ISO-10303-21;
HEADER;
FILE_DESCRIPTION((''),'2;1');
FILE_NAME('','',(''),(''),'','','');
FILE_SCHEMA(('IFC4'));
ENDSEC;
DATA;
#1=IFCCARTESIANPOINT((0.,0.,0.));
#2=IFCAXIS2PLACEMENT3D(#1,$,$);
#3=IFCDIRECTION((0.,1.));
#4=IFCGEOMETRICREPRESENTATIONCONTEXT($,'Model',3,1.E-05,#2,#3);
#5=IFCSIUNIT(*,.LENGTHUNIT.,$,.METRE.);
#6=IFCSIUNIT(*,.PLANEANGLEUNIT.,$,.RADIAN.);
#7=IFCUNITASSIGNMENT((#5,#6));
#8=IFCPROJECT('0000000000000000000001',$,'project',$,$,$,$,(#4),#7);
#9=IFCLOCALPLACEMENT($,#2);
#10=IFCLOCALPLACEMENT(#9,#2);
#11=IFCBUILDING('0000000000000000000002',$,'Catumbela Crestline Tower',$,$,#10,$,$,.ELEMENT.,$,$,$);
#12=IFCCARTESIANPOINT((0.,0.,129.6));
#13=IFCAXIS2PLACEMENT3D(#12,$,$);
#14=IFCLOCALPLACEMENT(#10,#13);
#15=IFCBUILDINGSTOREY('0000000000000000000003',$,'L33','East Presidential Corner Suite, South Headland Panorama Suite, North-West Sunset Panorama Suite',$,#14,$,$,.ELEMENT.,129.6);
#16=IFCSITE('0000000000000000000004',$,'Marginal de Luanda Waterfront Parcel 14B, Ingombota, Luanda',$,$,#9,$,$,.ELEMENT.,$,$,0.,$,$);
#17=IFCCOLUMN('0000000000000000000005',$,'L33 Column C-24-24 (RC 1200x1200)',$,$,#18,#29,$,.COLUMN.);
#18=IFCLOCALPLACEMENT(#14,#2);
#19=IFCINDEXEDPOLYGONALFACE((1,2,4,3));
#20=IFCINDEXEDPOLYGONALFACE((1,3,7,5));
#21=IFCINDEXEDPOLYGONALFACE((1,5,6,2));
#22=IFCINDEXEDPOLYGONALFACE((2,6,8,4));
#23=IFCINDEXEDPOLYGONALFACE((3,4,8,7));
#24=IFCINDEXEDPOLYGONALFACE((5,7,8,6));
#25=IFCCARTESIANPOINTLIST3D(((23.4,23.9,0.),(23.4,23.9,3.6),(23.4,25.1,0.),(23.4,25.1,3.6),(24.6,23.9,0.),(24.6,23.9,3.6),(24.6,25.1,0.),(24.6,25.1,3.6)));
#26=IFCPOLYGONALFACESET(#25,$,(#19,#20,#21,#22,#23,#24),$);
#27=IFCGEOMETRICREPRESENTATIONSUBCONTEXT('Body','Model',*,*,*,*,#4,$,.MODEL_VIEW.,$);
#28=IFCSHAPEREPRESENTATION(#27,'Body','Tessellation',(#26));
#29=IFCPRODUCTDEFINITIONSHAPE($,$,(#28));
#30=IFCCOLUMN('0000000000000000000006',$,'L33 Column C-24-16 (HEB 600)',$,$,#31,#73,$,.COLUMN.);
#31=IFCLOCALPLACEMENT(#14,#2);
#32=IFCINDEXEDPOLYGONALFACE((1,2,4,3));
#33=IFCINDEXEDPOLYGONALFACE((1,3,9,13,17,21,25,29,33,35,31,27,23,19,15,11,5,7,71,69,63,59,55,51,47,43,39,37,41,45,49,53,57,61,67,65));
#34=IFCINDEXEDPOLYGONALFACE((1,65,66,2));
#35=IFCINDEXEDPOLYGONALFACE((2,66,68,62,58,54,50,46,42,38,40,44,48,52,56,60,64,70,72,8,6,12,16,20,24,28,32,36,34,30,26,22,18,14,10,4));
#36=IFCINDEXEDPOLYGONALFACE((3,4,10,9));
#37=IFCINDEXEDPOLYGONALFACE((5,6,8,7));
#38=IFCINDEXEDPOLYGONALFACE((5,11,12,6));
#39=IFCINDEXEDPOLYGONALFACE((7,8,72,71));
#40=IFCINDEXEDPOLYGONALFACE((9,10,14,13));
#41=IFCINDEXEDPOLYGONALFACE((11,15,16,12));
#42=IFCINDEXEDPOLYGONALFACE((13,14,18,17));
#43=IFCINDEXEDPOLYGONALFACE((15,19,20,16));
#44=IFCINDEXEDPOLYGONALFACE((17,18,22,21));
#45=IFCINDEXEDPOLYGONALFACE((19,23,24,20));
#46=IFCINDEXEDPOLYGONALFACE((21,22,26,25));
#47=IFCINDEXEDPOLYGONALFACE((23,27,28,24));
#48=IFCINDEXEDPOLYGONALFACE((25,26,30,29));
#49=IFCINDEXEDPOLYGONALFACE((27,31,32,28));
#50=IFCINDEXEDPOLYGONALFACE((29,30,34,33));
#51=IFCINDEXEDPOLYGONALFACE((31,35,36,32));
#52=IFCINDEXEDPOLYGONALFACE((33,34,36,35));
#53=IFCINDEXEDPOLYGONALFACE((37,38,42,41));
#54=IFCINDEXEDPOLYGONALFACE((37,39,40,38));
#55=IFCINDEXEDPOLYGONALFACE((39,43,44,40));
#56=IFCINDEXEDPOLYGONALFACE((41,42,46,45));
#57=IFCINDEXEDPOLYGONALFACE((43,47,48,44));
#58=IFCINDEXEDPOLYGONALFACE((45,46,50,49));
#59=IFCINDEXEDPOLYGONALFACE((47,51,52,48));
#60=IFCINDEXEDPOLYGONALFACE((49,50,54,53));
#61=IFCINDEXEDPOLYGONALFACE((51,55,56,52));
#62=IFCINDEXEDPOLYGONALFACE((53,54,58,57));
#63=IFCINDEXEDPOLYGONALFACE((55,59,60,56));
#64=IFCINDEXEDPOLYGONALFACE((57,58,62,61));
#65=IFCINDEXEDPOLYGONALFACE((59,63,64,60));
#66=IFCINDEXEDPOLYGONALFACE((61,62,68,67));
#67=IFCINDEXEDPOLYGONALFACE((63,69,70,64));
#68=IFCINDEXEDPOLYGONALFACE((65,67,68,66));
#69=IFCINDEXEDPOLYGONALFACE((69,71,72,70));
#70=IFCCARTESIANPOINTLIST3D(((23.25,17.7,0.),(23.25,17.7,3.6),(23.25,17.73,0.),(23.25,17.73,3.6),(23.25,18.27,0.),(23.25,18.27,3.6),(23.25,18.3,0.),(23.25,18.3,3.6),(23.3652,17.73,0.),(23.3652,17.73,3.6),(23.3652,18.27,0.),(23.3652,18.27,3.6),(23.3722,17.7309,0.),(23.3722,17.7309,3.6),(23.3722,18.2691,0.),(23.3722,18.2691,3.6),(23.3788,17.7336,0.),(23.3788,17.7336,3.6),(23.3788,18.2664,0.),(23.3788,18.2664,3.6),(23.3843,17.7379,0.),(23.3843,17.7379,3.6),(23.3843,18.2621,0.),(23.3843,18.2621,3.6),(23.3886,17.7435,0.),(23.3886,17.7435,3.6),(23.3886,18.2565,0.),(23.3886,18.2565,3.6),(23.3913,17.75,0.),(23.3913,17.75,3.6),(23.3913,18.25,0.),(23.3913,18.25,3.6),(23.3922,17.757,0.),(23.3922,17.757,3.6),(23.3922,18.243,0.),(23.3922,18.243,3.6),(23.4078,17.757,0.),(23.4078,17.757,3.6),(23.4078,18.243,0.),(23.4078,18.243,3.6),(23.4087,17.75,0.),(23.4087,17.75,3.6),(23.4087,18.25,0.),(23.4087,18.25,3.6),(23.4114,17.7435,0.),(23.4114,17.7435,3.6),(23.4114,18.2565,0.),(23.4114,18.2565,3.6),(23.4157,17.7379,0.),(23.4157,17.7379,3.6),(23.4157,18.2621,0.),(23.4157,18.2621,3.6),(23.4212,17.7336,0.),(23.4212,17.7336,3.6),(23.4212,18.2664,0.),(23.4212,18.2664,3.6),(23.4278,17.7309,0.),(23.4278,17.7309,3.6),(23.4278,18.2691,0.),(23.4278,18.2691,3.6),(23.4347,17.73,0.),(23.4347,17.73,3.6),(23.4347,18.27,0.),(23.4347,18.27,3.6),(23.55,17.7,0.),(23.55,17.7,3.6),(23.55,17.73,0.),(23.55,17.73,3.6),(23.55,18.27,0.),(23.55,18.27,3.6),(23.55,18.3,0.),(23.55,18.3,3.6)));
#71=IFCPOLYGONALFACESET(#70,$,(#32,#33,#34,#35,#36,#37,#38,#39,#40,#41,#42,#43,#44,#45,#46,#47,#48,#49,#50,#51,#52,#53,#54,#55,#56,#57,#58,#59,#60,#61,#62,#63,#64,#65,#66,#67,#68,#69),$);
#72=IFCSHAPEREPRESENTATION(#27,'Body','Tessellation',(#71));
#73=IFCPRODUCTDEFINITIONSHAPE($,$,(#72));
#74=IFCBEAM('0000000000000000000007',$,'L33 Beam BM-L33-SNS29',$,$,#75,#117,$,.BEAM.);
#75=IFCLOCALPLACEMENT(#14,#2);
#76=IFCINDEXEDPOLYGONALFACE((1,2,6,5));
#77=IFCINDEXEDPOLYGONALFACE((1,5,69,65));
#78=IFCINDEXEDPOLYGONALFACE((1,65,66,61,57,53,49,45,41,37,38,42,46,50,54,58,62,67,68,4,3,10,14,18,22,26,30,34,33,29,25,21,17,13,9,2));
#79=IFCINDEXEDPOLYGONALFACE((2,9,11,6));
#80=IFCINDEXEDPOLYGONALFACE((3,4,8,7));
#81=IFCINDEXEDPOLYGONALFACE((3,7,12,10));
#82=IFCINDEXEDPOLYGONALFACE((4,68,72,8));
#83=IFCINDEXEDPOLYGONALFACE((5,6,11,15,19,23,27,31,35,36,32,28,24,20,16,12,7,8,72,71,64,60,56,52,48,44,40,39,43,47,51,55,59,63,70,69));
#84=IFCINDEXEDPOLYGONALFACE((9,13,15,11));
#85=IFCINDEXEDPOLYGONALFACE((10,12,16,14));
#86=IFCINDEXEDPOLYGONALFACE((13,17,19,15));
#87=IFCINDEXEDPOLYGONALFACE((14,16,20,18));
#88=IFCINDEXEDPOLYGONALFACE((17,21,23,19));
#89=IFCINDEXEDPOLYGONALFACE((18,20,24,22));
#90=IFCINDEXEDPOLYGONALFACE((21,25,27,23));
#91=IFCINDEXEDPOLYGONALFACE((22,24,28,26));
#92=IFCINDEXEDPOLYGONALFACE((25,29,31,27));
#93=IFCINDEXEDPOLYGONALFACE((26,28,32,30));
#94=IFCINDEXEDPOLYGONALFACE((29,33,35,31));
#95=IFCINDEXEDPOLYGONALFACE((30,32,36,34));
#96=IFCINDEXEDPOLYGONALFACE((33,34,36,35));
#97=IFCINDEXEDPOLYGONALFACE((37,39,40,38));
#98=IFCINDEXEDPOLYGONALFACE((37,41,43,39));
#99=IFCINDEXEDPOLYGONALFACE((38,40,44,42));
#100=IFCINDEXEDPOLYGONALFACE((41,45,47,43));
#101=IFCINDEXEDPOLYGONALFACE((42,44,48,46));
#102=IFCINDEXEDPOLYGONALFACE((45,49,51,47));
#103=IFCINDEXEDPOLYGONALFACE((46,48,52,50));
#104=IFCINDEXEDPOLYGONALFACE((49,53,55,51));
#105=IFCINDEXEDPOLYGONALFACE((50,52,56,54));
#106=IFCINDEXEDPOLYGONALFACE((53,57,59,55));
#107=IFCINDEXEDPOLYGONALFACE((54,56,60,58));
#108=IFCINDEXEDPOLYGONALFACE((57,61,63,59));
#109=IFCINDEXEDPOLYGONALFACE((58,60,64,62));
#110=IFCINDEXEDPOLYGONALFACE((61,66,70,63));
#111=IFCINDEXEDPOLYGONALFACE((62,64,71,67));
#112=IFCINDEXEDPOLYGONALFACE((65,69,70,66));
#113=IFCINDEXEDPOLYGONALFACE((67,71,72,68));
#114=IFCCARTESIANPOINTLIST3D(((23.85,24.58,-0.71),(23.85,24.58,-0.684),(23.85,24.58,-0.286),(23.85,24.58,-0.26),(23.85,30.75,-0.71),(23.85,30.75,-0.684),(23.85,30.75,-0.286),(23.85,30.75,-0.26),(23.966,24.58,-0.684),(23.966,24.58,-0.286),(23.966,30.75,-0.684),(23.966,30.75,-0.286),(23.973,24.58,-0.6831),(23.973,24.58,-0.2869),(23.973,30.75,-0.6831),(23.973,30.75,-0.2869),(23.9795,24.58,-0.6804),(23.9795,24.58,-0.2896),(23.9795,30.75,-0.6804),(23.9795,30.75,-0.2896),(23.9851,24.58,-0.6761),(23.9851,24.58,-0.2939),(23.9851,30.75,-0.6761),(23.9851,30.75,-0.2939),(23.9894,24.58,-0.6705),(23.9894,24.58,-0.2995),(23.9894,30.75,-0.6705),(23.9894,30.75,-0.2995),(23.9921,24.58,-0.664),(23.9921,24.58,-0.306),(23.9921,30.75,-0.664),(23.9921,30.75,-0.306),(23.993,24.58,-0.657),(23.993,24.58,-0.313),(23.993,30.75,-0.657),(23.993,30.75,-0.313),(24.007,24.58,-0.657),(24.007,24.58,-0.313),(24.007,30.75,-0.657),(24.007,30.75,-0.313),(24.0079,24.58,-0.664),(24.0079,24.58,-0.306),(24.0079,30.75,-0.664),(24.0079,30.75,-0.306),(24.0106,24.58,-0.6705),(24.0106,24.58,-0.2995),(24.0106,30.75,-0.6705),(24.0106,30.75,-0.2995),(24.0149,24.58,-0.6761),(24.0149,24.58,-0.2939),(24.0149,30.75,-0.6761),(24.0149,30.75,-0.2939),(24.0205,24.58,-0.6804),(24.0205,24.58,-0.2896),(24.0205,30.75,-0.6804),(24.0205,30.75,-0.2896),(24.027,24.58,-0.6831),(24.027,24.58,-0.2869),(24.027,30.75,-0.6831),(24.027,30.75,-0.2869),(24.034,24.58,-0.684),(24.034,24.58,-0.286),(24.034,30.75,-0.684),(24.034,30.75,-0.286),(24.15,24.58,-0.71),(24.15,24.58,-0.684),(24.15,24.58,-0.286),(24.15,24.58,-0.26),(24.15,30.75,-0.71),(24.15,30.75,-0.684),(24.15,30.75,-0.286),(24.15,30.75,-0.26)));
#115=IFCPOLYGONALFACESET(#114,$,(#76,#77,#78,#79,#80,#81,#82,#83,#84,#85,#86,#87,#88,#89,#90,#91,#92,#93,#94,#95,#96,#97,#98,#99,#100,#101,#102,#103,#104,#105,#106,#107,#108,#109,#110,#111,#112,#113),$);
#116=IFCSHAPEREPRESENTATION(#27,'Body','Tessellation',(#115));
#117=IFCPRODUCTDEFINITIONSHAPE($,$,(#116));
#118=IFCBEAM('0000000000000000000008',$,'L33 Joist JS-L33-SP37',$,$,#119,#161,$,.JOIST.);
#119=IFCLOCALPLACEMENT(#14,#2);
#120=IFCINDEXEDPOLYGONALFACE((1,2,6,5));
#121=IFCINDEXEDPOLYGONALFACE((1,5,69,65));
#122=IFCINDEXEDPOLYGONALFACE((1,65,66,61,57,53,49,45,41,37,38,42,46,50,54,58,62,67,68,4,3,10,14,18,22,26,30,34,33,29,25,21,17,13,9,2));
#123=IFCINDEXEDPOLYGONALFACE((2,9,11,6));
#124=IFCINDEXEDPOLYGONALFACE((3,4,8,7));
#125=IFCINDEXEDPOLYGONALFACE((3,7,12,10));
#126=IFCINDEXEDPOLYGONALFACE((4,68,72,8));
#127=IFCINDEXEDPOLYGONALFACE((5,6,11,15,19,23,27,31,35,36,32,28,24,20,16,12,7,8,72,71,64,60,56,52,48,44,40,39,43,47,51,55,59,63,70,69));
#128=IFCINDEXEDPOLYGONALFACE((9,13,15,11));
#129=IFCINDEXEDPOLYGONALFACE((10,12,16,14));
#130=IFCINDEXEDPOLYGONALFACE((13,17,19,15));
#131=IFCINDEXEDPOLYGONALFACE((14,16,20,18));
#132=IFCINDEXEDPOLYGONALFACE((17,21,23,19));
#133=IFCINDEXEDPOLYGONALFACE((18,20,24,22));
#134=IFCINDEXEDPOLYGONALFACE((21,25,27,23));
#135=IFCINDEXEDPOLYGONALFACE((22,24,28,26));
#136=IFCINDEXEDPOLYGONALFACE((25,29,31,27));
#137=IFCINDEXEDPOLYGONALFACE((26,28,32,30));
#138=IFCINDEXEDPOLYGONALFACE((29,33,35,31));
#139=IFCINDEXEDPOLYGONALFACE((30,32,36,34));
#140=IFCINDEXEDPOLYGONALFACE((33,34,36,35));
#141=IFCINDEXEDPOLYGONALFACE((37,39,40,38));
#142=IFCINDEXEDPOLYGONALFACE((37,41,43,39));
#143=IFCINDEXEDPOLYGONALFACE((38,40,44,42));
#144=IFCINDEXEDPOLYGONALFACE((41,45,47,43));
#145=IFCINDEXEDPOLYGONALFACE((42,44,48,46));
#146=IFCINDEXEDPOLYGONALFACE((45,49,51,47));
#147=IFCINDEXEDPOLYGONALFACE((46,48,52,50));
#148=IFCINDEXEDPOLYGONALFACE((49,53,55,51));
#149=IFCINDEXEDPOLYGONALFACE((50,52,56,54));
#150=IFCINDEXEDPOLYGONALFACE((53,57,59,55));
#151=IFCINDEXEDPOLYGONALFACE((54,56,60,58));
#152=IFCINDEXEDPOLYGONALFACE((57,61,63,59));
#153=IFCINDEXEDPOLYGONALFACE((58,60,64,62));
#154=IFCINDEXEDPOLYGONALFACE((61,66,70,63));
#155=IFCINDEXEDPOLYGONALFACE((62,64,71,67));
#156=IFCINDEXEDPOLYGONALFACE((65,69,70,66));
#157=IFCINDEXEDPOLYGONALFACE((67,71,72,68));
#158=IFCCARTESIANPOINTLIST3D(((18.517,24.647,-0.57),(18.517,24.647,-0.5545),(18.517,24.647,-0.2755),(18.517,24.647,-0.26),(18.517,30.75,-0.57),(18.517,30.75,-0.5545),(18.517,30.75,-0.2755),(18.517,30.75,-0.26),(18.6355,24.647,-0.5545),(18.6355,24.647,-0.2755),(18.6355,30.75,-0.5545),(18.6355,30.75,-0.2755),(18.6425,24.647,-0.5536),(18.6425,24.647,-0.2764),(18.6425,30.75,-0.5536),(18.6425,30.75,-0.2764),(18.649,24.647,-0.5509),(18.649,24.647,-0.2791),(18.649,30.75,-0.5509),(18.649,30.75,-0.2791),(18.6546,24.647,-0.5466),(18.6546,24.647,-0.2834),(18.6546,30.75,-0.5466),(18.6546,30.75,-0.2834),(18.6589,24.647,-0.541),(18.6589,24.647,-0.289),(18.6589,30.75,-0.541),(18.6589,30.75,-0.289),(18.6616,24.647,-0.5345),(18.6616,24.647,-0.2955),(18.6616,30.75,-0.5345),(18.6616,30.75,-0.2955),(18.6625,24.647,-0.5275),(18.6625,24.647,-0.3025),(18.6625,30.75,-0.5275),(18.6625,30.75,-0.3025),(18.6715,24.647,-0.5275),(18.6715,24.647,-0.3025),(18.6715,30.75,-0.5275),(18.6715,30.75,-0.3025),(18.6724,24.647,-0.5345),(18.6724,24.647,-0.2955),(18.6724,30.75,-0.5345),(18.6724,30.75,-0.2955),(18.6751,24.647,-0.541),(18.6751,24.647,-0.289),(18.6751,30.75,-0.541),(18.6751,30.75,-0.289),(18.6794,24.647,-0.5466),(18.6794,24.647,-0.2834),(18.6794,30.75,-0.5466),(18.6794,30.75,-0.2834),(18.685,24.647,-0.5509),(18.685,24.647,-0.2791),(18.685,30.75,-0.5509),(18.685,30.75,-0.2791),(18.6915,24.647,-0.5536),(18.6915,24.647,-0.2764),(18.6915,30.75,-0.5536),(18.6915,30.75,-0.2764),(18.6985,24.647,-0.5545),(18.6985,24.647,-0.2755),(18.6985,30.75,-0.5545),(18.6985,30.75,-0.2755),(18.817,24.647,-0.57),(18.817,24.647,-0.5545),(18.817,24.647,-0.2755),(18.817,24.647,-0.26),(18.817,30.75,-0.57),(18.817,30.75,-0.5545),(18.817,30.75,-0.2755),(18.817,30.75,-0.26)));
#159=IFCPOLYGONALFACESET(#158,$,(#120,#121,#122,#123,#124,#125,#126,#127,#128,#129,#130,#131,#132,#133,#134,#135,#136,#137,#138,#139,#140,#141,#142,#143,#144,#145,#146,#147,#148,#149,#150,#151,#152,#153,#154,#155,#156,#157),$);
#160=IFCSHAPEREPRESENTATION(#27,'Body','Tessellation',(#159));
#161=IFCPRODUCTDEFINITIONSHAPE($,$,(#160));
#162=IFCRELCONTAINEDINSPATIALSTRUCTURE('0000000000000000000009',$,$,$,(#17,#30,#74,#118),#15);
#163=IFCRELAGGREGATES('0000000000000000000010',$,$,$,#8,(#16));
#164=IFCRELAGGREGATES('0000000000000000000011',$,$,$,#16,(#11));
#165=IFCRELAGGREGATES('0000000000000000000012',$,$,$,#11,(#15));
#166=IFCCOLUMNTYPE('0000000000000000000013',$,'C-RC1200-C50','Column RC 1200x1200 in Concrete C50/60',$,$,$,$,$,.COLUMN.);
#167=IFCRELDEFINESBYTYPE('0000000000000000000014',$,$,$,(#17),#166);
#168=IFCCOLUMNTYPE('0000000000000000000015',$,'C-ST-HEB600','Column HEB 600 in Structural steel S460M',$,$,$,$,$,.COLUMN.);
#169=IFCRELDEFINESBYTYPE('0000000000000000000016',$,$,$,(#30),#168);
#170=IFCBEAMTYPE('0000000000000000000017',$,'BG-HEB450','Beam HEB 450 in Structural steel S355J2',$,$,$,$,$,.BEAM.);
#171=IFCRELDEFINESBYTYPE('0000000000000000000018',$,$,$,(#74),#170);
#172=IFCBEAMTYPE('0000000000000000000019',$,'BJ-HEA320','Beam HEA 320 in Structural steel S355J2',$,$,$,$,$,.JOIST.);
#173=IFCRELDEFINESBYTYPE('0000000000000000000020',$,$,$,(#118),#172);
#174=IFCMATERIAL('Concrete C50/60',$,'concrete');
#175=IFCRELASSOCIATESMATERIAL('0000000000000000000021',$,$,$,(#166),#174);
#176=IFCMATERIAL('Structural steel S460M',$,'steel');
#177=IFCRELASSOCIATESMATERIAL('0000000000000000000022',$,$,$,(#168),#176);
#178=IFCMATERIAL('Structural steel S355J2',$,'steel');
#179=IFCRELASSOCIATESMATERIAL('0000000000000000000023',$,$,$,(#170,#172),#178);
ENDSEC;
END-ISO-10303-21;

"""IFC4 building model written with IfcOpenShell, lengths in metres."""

from ifc_helpers import new_model, si_unit, direction, frame, origin, origin_2d, place, context, subcontext, project, spatial, rectangle, i_section, extrude, material, material_profile, profile_set, type_object, element, save


model = new_model("IFC4")

# Units and contexts
model_context = context("Model", 3, precision=1e-05, world=origin(), true_north=direction((0.0, 1.0)))
body_context = subcontext(model_context, "Body", "Model", "MODEL_VIEW")
ifc_project = project(units=[si_unit("LENGTHUNIT", "METRE"), si_unit("PLANEANGLEUNIT", "RADIAN")], contexts=[model_context])

# Site, building, storey
site_placement = place(None, origin())
site = spatial("IfcSite", under=ifc_project, at=site_placement, Name="Marginal de Luanda Waterfront Parcel 14B, Ingombota, Luanda", CompositionType="ELEMENT", RefElevation=0.0)
building_placement = place(site_placement, origin())
building = spatial("IfcBuilding", under=site, at=building_placement, Name="Catumbela Crestline Tower", CompositionType="ELEMENT")
storey_placement = place(building_placement, frame((0.0, 0.0, 129.6)))
storey = spatial("IfcBuildingStorey", under=building, at=storey_placement, Name="L33", Description="East Presidential Corner Suite, South Headland Panorama Suite, North-West Sunset Panorama Suite", CompositionType="ELEMENT", Elevation=129.6)

# Columns
ifc_material_1 = material(Name="Concrete C50/60", Category="concrete")
ifc_material_profile_1 = material_profile(ifc_material_1, rectangle(XDim=1.2, YDim=1.2, at=origin_2d()), Name="RC 1200x1200")
ifc_profile_set_1 = profile_set([ifc_material_profile_1], Name="Concrete C50/60")
column_type_1 = type_object("IfcColumnType", Name="C-RC1200-C50", Description="Column RC 1200x1200 in Concrete C50/60", PredefinedType="COLUMN", material=ifc_profile_set_1)
column_1_placement = place(storey_placement, frame((24.0, 24.5, 0.0), z_axis=(0.0, 0.0, 1.0), x_axis=(1.0, 0.0, 0.0)))
element("IfcColumn", 1, at=column_1_placement, inside=storey, type_object=column_type_1, Name="L33 Column C-24-24 (RC 1200x1200)", PredefinedType="COLUMN", context=body_context, shape_type="SweptSolid", body=[
    extrude(rectangle(XDim=1.2, YDim=1.2, at=origin_2d()), origin(), (0.0, 0.0, 1.0), 3.6),
])
ifc_material_2 = material(Name="Structural steel S460M", Category="steel")
ifc_material_profile_2 = material_profile(ifc_material_2, i_section(OverallWidth=0.3, OverallDepth=0.6, WebThickness=0.0155, FlangeThickness=0.03, FilletRadius=0.027, at=origin_2d()), Name="HEB 600")
ifc_profile_set_2 = profile_set([ifc_material_profile_2], Name="Structural steel S460M")
column_type_2 = type_object("IfcColumnType", Name="C-ST-HEB600", Description="Column HEB 600 in Structural steel S460M", PredefinedType="COLUMN", material=ifc_profile_set_2)
column_2_placement = place(storey_placement, frame((23.4, 18.0, 0.0), z_axis=(0.0, 0.0, 1.0), x_axis=(1.0, 0.0, 0.0)))
element("IfcColumn", 2, at=column_2_placement, inside=storey, type_object=column_type_2, Name="L33 Column C-24-16 (HEB 600)", PredefinedType="COLUMN", context=body_context, shape_type="SweptSolid", body=[
    extrude(i_section(OverallWidth=0.3, OverallDepth=0.6, WebThickness=0.0155, FlangeThickness=0.03, FilletRadius=0.027, at=origin_2d()), origin(), (0.0, 0.0, 1.0), 3.6),
])

# Beams
ifc_material_3 = material(Name="Structural steel S355J2", Category="steel")
ifc_material_profile_3 = material_profile(ifc_material_3, i_section(OverallWidth=0.3, OverallDepth=0.45, WebThickness=0.014, FlangeThickness=0.026, FilletRadius=0.027, at=origin_2d()), Name="HEB 450")
ifc_profile_set_3 = profile_set([ifc_material_profile_3], Name="Structural steel S355J2")
beam_type_1 = type_object("IfcBeamType", Name="BG-HEB450", Description="Beam HEB 450 in Structural steel S355J2", PredefinedType="BEAM", material=ifc_profile_set_3)
beam_1_placement = place(storey_placement, frame((24.0, 24.58, -0.485), z_axis=(0.0, 1.0, 0.0), x_axis=(-1.0, 0.0, 0.0)))
element("IfcBeam", 3, at=beam_1_placement, inside=storey, type_object=beam_type_1, Name="L33 Beam BM-L33-SNS29", PredefinedType="BEAM", context=body_context, shape_type="SweptSolid", body=[
    extrude(i_section(OverallWidth=0.3, OverallDepth=0.45, WebThickness=0.014, FlangeThickness=0.026, FilletRadius=0.027, at=origin_2d()), origin(), (0.0, 0.0, 1.0), 6.17),
])
ifc_material_profile_4 = material_profile(ifc_material_3, i_section(OverallWidth=0.3, OverallDepth=0.31, WebThickness=0.009, FlangeThickness=0.0155, FilletRadius=0.027, at=origin_2d()), Name="HEA 320")
ifc_profile_set_4 = profile_set([ifc_material_profile_4], Name="Structural steel S355J2")
beam_type_2 = type_object("IfcBeamType", Name="BJ-HEA320", Description="Beam HEA 320 in Structural steel S355J2", PredefinedType="JOIST", material=ifc_profile_set_4)
for number, where, z_axis, x_axis, name in (
    (4, (18.667, 24.647, -0.415), (0.0, 1.0, 0.0), (-1.0, 0.0, 0.0), "L33 Joist JS-L33-SP37"),
):
    element("IfcBeam", number, at=place(storey_placement, frame(where, z_axis=z_axis, x_axis=x_axis)), inside=storey, type_object=beam_type_2, Name=name, PredefinedType="JOIST", context=body_context, shape_type="SweptSolid", body=[
        extrude(i_section(OverallWidth=0.3, OverallDepth=0.31, WebThickness=0.009, FlangeThickness=0.0155, FilletRadius=0.027, at=origin_2d()), origin(), (0.0, 0.0, 1.0), 6.103),
    ])

save(model, "model.ifc")
